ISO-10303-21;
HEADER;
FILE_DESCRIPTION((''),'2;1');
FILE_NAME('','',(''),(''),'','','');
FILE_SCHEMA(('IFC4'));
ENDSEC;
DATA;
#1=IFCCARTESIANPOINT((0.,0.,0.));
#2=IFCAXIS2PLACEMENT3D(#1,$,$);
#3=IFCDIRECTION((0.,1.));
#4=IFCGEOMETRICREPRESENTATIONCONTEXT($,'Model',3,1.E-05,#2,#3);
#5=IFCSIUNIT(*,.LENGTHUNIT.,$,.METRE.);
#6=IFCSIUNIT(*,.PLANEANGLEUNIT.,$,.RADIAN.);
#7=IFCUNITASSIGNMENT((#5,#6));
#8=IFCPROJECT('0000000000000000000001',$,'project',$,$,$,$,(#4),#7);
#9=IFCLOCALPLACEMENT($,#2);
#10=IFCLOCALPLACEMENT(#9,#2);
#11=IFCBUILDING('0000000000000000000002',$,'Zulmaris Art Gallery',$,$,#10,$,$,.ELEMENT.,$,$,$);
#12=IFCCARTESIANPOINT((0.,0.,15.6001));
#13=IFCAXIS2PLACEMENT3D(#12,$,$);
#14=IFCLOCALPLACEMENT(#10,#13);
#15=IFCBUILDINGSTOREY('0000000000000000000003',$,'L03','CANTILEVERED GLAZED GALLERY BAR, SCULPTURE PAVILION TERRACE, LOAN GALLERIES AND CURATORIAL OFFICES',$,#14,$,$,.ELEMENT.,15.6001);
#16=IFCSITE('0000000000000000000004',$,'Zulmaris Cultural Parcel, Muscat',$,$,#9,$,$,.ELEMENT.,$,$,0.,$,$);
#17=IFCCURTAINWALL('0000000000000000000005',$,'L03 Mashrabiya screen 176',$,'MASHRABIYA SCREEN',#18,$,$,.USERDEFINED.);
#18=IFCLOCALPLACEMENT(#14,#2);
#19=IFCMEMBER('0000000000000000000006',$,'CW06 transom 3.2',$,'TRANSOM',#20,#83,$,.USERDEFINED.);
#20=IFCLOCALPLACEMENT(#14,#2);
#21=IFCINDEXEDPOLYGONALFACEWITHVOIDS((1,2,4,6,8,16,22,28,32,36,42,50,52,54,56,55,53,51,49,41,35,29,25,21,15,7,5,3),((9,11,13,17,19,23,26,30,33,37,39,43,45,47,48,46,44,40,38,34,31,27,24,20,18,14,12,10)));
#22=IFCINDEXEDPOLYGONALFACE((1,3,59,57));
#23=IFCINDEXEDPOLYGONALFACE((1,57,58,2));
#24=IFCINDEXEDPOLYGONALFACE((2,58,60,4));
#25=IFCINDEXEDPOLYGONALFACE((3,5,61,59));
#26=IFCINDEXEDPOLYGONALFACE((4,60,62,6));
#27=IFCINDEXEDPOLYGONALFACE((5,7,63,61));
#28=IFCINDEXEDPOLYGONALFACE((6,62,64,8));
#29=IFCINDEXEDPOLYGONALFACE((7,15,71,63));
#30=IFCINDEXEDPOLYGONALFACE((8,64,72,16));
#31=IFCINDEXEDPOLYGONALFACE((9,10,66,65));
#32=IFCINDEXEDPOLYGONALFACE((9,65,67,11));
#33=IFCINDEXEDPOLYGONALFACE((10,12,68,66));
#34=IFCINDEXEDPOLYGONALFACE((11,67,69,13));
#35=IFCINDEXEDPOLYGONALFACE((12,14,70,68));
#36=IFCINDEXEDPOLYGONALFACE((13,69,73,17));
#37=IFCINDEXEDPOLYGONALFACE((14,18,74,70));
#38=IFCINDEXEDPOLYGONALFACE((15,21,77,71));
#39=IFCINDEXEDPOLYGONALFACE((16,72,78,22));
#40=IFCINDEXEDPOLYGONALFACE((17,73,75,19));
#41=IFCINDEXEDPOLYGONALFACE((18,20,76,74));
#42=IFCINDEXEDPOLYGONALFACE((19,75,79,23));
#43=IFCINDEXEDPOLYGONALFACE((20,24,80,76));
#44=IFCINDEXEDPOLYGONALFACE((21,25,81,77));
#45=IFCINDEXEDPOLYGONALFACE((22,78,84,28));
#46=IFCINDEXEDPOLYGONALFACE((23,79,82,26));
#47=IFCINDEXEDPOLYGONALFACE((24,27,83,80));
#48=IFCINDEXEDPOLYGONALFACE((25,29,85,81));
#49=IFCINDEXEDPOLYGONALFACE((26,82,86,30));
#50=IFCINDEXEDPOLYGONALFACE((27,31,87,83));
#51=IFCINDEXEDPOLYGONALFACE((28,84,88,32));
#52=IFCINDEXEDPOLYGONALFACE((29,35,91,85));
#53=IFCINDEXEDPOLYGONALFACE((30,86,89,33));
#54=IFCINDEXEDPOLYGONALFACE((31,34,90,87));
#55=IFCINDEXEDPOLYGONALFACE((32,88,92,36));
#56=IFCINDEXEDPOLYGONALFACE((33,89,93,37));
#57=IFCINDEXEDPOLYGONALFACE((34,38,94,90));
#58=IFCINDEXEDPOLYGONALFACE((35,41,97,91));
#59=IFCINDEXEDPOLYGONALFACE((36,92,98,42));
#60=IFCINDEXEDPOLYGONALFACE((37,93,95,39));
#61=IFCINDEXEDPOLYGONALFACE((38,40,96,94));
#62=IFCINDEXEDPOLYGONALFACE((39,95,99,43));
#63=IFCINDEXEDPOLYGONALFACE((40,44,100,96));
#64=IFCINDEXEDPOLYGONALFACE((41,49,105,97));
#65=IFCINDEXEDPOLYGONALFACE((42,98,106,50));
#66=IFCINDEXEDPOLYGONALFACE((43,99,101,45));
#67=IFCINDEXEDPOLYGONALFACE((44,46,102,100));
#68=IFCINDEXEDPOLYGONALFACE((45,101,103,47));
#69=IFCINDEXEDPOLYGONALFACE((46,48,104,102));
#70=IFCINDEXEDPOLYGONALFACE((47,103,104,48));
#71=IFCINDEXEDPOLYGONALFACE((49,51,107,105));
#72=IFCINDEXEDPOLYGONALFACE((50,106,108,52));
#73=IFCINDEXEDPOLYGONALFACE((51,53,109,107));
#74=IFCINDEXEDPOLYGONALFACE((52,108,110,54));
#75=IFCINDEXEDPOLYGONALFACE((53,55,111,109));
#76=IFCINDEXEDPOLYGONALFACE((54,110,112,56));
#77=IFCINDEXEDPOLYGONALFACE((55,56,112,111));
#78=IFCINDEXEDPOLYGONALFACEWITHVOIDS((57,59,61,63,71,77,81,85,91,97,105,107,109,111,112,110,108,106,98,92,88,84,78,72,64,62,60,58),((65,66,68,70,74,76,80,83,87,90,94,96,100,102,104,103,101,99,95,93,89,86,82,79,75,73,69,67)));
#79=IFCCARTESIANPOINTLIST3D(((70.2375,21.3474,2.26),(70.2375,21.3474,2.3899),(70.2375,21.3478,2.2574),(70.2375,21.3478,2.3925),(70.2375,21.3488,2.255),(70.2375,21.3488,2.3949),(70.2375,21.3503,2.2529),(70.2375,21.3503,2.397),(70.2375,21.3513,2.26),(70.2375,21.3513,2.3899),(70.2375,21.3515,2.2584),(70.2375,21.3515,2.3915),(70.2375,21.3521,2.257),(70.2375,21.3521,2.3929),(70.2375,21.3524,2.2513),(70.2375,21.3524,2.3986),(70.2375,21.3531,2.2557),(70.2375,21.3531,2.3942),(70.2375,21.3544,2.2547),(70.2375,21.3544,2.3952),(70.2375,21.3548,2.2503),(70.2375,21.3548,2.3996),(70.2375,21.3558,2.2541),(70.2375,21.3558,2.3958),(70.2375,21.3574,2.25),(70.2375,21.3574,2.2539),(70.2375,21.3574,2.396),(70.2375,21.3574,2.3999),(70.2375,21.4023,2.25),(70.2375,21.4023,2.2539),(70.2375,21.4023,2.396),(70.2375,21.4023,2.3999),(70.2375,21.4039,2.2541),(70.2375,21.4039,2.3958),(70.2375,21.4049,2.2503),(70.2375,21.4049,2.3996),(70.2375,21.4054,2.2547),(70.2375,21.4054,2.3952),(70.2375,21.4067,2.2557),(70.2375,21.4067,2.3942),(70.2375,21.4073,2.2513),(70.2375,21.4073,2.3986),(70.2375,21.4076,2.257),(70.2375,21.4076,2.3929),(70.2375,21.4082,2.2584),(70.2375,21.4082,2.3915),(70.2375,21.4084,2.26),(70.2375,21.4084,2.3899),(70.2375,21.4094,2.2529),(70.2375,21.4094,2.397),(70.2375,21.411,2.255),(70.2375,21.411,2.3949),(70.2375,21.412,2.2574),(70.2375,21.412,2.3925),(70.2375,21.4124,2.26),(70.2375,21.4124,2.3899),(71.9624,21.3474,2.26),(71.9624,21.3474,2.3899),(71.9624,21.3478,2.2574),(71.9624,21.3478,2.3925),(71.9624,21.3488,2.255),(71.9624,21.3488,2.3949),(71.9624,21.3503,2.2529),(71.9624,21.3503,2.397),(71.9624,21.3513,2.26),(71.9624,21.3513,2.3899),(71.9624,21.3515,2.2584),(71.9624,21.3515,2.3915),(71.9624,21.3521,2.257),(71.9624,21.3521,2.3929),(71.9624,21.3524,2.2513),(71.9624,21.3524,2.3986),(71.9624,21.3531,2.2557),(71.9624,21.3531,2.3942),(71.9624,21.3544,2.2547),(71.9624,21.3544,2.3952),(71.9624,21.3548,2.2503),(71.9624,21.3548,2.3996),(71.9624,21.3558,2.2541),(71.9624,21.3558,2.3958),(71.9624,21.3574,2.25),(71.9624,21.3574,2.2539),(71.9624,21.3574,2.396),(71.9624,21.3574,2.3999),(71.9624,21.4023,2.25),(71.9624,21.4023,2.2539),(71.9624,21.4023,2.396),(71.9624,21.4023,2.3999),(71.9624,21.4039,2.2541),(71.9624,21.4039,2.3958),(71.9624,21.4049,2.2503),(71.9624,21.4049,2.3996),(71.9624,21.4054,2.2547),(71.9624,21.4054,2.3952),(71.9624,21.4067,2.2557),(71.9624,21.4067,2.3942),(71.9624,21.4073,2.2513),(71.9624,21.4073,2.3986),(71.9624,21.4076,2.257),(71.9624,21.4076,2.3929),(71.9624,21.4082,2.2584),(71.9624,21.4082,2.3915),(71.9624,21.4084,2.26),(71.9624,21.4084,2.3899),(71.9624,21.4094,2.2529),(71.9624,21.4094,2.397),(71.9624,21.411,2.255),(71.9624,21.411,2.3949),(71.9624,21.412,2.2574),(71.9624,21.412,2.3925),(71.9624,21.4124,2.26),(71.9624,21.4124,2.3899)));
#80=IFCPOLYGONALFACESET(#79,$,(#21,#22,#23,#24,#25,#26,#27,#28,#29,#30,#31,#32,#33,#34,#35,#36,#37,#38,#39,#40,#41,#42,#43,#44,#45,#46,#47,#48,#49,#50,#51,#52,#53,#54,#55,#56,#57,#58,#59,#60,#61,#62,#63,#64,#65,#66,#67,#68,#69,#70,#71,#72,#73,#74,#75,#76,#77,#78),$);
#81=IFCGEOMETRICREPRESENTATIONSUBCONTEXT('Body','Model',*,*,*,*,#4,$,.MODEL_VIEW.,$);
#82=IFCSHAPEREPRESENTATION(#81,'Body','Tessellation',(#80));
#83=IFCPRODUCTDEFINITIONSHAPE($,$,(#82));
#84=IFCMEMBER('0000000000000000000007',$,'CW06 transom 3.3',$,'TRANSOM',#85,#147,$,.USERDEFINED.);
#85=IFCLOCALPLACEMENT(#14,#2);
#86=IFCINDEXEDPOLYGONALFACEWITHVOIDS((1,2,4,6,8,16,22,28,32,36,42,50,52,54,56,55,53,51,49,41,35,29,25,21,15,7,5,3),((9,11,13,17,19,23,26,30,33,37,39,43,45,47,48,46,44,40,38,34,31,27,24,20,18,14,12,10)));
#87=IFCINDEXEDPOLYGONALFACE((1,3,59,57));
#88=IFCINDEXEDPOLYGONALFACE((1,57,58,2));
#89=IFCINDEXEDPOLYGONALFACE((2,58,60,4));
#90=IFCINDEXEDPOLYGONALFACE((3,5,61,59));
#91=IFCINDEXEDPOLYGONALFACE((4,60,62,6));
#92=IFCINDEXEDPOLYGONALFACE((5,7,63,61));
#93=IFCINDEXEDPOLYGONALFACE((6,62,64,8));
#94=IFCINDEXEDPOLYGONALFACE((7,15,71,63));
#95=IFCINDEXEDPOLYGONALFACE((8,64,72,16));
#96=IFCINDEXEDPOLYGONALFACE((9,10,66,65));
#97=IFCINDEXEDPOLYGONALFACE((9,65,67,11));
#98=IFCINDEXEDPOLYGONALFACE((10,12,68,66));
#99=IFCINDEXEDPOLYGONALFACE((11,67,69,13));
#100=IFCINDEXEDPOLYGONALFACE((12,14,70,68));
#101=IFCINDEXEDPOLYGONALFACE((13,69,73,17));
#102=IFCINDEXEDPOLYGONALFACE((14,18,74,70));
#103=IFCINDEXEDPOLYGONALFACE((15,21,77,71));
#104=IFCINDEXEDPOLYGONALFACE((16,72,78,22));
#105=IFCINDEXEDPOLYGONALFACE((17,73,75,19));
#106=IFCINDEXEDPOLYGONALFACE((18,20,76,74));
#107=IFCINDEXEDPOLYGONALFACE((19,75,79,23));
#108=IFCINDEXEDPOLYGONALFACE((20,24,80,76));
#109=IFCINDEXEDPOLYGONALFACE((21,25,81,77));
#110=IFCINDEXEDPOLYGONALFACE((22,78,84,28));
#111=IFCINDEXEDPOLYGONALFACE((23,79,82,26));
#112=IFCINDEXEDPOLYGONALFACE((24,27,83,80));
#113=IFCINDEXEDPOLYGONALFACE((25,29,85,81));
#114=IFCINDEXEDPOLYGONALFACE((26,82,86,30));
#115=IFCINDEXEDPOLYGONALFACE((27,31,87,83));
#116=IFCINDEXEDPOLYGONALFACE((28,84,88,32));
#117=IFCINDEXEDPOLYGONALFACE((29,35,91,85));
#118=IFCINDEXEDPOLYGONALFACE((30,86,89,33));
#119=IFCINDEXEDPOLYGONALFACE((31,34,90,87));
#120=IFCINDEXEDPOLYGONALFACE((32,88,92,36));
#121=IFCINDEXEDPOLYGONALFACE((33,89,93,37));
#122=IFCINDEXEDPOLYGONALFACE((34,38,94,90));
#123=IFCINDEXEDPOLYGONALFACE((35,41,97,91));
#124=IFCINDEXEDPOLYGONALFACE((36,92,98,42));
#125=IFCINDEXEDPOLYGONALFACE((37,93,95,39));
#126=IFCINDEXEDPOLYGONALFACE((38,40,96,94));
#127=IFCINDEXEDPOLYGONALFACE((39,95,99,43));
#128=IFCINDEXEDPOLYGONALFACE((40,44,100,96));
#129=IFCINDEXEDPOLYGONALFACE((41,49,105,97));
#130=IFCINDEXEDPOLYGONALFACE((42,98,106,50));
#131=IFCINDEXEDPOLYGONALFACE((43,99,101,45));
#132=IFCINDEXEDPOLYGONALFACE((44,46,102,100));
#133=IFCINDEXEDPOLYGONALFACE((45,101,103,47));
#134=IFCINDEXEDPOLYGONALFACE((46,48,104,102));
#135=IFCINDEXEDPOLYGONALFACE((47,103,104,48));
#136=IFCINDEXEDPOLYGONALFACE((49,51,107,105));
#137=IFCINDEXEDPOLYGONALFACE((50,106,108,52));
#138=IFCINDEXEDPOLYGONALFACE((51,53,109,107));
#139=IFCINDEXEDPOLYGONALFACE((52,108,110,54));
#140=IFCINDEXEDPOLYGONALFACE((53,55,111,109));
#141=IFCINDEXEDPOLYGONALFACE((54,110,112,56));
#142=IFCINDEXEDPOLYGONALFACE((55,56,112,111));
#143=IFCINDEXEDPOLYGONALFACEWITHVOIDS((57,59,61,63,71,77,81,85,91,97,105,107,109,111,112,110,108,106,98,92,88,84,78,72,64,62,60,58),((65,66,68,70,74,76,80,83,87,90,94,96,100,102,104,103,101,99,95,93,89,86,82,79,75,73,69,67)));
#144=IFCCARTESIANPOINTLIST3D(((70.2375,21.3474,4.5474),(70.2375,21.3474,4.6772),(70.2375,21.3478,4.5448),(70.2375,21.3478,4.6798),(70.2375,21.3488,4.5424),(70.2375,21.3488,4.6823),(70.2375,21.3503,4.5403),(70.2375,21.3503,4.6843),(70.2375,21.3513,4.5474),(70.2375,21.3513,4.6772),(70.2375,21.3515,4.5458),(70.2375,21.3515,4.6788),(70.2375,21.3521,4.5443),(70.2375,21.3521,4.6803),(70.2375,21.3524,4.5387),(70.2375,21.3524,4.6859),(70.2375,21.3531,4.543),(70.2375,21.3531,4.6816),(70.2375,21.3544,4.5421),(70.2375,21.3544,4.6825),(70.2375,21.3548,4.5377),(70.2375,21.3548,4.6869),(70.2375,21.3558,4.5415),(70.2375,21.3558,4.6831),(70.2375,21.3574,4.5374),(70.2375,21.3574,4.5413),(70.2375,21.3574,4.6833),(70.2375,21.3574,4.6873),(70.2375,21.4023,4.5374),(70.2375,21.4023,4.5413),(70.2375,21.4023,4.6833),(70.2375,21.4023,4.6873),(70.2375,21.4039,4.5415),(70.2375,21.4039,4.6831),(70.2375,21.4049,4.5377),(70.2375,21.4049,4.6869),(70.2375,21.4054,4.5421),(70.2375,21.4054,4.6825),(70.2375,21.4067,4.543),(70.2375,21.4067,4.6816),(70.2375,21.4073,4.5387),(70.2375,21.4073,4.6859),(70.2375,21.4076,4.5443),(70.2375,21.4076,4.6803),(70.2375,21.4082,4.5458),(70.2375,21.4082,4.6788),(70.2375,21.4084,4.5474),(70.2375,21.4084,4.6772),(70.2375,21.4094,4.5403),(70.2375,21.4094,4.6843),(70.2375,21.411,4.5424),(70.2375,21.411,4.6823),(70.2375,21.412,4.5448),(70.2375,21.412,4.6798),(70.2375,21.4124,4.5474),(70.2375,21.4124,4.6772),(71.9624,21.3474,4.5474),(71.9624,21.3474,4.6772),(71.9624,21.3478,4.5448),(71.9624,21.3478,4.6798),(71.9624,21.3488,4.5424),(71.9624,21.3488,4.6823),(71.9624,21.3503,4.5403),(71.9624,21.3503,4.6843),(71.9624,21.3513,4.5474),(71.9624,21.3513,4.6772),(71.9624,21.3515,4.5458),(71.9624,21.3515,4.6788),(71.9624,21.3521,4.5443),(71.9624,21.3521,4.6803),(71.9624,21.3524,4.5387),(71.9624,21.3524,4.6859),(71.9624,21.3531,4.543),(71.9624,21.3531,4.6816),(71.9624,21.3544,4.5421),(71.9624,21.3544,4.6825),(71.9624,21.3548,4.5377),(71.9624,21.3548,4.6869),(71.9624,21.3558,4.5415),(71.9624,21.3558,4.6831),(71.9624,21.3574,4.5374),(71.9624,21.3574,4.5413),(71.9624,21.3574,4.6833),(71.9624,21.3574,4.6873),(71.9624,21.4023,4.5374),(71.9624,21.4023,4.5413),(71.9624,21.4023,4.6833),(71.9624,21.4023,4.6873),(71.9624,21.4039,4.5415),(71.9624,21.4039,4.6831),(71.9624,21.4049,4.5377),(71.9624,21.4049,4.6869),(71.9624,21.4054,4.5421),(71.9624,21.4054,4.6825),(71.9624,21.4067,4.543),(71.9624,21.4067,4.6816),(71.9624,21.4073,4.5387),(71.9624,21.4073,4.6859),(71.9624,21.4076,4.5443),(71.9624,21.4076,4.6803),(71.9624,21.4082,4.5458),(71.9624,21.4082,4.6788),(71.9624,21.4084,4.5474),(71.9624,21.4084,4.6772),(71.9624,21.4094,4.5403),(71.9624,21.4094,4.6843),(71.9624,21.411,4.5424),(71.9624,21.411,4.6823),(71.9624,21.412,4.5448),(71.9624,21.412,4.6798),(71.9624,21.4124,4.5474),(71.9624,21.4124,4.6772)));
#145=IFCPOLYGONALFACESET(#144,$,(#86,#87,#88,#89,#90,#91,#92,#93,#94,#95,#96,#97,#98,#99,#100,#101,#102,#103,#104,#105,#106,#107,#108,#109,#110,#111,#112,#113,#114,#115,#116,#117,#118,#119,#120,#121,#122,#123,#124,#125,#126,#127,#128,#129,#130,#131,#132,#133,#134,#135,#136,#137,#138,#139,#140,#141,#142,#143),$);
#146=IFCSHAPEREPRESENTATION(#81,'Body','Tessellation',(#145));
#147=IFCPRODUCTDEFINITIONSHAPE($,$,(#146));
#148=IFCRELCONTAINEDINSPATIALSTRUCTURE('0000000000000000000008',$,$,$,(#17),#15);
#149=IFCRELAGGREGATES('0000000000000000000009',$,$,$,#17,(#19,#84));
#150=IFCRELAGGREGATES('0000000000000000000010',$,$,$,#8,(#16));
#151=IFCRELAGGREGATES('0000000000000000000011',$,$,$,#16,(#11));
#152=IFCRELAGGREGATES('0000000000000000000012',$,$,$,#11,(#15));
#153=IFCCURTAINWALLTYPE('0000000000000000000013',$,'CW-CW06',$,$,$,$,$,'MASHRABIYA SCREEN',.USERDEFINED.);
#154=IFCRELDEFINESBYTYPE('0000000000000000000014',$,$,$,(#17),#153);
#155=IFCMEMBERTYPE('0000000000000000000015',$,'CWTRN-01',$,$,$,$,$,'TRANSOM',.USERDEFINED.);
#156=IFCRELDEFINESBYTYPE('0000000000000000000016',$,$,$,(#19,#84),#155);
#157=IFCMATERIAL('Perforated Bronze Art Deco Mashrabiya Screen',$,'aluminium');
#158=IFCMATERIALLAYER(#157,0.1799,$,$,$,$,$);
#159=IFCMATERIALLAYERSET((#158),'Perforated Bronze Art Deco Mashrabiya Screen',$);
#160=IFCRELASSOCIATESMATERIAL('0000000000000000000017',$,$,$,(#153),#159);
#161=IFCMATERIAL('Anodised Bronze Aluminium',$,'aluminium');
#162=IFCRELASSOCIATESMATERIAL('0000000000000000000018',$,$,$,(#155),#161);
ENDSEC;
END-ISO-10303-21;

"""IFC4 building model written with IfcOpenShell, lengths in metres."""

from ifc_helpers import new_model, si_unit, direction, frame, origin, origin_2d, place, context, subcontext, project, spatial, hollow_rectangle, extrude, material, layer, layer_set, material_profile, profile_set, type_object, element, aggregate, save


model = new_model("IFC4")

# Units and contexts
model_context = context("Model", 3, precision=1e-05, world=origin(), true_north=direction((0.0, 1.0)))
body_context = subcontext(model_context, "Body", "Model", "MODEL_VIEW")
ifc_project = project(units=[si_unit("LENGTHUNIT", "METRE"), si_unit("PLANEANGLEUNIT", "RADIAN")], contexts=[model_context])

# Site, building, storey
site_placement = place(None, origin())
site = spatial("IfcSite", under=ifc_project, at=site_placement, Name="Zulmaris Cultural Parcel, Muscat", CompositionType="ELEMENT", RefElevation=0.0)
building_placement = place(site_placement, origin())
building = spatial("IfcBuilding", under=site, at=building_placement, Name="Zulmaris Art Gallery", CompositionType="ELEMENT")
storey_placement = place(building_placement, frame((0.0, 0.0, 15.6001)))
storey = spatial("IfcBuildingStorey", under=building, at=storey_placement, Name="L03", Description="CANTILEVERED GLAZED GALLERY BAR, SCULPTURE PAVILION TERRACE, LOAN GALLERIES AND CURATORIAL OFFICES", CompositionType="ELEMENT", Elevation=15.6001)

# Shared definitions
ifc_material_1 = material(Name="Anodised Bronze Aluminium", Category="aluminium")
ifc_material_2 = material(Name="Perforated Bronze Art Deco Mashrabiya Screen", Category="aluminium")
ifc_layer_1 = layer(ifc_material_2, 0.1799)
ifc_layer_set_1 = layer_set([ifc_layer_1], Name="Perforated Bronze Art Deco Mashrabiya Screen")
curtain_wall_type_1 = type_object("IfcCurtainWallType", Name="CW-CW06", ElementType="MASHRABIYA SCREEN", PredefinedType="USERDEFINED", material=ifc_layer_set_1)

# Curtain wall, members
curtain_wall_1_placement = place(storey_placement, origin())
curtain_wall_1 = element("IfcCurtainWall", 1, at=curtain_wall_1_placement, inside=storey, type_object=curtain_wall_type_1, Name="L03 Mashrabiya screen 176", ObjectType="MASHRABIYA SCREEN", PredefinedType="USERDEFINED")
ifc_material_profile_1 = material_profile(ifc_material_1, hollow_rectangle(XDim=0.0649, YDim=0.1499, WallThickness=0.0039, InnerFilletRadius=0.0061, OuterFilletRadius=0.01, at=origin_2d()), Name="ALU 65x150x4")
ifc_profile_set_1 = profile_set([ifc_material_profile_1], Name="Anodised Bronze Aluminium")
member_type_1 = type_object("IfcMemberType", Name="CWTRN-01", ElementType="TRANSOM", PredefinedType="USERDEFINED", material=ifc_profile_set_1)
member_1_placement = place(storey_placement, frame((70.2375, 21.3799, 2.325), z_axis=(1.0, 0.0, 0.0), x_axis=(0.0, 1.0, 0.0)))
member_1 = element("IfcMember", 2, at=member_1_placement, type_object=member_type_1, Name="CW06 transom 3.2", ObjectType="TRANSOM", PredefinedType="USERDEFINED", context=body_context, shape_type="SweptSolid", body=[
    extrude(hollow_rectangle(XDim=0.0649, YDim=0.1499, WallThickness=0.0039, InnerFilletRadius=0.0061, OuterFilletRadius=0.01, at=origin_2d()), origin(), (0.0, 0.0, 1.0), 1.7249),
])
member_2_placement = place(storey_placement, frame((70.2375, 21.3799, 4.6123), z_axis=(1.0, 0.0, 0.0), x_axis=(0.0, 1.0, 0.0)))
member_2 = element("IfcMember", 3, at=member_2_placement, type_object=member_type_1, Name="CW06 transom 3.3", ObjectType="TRANSOM", PredefinedType="USERDEFINED", context=body_context, shape_type="SweptSolid", body=[
    extrude(hollow_rectangle(XDim=0.0649, YDim=0.1499, WallThickness=0.0039, InnerFilletRadius=0.0061, OuterFilletRadius=0.01, at=origin_2d()), origin(), (0.0, 0.0, 1.0), 1.7249),
])
aggregate(curtain_wall_1, [member_1, member_2])

save(model, "model.ifc")
